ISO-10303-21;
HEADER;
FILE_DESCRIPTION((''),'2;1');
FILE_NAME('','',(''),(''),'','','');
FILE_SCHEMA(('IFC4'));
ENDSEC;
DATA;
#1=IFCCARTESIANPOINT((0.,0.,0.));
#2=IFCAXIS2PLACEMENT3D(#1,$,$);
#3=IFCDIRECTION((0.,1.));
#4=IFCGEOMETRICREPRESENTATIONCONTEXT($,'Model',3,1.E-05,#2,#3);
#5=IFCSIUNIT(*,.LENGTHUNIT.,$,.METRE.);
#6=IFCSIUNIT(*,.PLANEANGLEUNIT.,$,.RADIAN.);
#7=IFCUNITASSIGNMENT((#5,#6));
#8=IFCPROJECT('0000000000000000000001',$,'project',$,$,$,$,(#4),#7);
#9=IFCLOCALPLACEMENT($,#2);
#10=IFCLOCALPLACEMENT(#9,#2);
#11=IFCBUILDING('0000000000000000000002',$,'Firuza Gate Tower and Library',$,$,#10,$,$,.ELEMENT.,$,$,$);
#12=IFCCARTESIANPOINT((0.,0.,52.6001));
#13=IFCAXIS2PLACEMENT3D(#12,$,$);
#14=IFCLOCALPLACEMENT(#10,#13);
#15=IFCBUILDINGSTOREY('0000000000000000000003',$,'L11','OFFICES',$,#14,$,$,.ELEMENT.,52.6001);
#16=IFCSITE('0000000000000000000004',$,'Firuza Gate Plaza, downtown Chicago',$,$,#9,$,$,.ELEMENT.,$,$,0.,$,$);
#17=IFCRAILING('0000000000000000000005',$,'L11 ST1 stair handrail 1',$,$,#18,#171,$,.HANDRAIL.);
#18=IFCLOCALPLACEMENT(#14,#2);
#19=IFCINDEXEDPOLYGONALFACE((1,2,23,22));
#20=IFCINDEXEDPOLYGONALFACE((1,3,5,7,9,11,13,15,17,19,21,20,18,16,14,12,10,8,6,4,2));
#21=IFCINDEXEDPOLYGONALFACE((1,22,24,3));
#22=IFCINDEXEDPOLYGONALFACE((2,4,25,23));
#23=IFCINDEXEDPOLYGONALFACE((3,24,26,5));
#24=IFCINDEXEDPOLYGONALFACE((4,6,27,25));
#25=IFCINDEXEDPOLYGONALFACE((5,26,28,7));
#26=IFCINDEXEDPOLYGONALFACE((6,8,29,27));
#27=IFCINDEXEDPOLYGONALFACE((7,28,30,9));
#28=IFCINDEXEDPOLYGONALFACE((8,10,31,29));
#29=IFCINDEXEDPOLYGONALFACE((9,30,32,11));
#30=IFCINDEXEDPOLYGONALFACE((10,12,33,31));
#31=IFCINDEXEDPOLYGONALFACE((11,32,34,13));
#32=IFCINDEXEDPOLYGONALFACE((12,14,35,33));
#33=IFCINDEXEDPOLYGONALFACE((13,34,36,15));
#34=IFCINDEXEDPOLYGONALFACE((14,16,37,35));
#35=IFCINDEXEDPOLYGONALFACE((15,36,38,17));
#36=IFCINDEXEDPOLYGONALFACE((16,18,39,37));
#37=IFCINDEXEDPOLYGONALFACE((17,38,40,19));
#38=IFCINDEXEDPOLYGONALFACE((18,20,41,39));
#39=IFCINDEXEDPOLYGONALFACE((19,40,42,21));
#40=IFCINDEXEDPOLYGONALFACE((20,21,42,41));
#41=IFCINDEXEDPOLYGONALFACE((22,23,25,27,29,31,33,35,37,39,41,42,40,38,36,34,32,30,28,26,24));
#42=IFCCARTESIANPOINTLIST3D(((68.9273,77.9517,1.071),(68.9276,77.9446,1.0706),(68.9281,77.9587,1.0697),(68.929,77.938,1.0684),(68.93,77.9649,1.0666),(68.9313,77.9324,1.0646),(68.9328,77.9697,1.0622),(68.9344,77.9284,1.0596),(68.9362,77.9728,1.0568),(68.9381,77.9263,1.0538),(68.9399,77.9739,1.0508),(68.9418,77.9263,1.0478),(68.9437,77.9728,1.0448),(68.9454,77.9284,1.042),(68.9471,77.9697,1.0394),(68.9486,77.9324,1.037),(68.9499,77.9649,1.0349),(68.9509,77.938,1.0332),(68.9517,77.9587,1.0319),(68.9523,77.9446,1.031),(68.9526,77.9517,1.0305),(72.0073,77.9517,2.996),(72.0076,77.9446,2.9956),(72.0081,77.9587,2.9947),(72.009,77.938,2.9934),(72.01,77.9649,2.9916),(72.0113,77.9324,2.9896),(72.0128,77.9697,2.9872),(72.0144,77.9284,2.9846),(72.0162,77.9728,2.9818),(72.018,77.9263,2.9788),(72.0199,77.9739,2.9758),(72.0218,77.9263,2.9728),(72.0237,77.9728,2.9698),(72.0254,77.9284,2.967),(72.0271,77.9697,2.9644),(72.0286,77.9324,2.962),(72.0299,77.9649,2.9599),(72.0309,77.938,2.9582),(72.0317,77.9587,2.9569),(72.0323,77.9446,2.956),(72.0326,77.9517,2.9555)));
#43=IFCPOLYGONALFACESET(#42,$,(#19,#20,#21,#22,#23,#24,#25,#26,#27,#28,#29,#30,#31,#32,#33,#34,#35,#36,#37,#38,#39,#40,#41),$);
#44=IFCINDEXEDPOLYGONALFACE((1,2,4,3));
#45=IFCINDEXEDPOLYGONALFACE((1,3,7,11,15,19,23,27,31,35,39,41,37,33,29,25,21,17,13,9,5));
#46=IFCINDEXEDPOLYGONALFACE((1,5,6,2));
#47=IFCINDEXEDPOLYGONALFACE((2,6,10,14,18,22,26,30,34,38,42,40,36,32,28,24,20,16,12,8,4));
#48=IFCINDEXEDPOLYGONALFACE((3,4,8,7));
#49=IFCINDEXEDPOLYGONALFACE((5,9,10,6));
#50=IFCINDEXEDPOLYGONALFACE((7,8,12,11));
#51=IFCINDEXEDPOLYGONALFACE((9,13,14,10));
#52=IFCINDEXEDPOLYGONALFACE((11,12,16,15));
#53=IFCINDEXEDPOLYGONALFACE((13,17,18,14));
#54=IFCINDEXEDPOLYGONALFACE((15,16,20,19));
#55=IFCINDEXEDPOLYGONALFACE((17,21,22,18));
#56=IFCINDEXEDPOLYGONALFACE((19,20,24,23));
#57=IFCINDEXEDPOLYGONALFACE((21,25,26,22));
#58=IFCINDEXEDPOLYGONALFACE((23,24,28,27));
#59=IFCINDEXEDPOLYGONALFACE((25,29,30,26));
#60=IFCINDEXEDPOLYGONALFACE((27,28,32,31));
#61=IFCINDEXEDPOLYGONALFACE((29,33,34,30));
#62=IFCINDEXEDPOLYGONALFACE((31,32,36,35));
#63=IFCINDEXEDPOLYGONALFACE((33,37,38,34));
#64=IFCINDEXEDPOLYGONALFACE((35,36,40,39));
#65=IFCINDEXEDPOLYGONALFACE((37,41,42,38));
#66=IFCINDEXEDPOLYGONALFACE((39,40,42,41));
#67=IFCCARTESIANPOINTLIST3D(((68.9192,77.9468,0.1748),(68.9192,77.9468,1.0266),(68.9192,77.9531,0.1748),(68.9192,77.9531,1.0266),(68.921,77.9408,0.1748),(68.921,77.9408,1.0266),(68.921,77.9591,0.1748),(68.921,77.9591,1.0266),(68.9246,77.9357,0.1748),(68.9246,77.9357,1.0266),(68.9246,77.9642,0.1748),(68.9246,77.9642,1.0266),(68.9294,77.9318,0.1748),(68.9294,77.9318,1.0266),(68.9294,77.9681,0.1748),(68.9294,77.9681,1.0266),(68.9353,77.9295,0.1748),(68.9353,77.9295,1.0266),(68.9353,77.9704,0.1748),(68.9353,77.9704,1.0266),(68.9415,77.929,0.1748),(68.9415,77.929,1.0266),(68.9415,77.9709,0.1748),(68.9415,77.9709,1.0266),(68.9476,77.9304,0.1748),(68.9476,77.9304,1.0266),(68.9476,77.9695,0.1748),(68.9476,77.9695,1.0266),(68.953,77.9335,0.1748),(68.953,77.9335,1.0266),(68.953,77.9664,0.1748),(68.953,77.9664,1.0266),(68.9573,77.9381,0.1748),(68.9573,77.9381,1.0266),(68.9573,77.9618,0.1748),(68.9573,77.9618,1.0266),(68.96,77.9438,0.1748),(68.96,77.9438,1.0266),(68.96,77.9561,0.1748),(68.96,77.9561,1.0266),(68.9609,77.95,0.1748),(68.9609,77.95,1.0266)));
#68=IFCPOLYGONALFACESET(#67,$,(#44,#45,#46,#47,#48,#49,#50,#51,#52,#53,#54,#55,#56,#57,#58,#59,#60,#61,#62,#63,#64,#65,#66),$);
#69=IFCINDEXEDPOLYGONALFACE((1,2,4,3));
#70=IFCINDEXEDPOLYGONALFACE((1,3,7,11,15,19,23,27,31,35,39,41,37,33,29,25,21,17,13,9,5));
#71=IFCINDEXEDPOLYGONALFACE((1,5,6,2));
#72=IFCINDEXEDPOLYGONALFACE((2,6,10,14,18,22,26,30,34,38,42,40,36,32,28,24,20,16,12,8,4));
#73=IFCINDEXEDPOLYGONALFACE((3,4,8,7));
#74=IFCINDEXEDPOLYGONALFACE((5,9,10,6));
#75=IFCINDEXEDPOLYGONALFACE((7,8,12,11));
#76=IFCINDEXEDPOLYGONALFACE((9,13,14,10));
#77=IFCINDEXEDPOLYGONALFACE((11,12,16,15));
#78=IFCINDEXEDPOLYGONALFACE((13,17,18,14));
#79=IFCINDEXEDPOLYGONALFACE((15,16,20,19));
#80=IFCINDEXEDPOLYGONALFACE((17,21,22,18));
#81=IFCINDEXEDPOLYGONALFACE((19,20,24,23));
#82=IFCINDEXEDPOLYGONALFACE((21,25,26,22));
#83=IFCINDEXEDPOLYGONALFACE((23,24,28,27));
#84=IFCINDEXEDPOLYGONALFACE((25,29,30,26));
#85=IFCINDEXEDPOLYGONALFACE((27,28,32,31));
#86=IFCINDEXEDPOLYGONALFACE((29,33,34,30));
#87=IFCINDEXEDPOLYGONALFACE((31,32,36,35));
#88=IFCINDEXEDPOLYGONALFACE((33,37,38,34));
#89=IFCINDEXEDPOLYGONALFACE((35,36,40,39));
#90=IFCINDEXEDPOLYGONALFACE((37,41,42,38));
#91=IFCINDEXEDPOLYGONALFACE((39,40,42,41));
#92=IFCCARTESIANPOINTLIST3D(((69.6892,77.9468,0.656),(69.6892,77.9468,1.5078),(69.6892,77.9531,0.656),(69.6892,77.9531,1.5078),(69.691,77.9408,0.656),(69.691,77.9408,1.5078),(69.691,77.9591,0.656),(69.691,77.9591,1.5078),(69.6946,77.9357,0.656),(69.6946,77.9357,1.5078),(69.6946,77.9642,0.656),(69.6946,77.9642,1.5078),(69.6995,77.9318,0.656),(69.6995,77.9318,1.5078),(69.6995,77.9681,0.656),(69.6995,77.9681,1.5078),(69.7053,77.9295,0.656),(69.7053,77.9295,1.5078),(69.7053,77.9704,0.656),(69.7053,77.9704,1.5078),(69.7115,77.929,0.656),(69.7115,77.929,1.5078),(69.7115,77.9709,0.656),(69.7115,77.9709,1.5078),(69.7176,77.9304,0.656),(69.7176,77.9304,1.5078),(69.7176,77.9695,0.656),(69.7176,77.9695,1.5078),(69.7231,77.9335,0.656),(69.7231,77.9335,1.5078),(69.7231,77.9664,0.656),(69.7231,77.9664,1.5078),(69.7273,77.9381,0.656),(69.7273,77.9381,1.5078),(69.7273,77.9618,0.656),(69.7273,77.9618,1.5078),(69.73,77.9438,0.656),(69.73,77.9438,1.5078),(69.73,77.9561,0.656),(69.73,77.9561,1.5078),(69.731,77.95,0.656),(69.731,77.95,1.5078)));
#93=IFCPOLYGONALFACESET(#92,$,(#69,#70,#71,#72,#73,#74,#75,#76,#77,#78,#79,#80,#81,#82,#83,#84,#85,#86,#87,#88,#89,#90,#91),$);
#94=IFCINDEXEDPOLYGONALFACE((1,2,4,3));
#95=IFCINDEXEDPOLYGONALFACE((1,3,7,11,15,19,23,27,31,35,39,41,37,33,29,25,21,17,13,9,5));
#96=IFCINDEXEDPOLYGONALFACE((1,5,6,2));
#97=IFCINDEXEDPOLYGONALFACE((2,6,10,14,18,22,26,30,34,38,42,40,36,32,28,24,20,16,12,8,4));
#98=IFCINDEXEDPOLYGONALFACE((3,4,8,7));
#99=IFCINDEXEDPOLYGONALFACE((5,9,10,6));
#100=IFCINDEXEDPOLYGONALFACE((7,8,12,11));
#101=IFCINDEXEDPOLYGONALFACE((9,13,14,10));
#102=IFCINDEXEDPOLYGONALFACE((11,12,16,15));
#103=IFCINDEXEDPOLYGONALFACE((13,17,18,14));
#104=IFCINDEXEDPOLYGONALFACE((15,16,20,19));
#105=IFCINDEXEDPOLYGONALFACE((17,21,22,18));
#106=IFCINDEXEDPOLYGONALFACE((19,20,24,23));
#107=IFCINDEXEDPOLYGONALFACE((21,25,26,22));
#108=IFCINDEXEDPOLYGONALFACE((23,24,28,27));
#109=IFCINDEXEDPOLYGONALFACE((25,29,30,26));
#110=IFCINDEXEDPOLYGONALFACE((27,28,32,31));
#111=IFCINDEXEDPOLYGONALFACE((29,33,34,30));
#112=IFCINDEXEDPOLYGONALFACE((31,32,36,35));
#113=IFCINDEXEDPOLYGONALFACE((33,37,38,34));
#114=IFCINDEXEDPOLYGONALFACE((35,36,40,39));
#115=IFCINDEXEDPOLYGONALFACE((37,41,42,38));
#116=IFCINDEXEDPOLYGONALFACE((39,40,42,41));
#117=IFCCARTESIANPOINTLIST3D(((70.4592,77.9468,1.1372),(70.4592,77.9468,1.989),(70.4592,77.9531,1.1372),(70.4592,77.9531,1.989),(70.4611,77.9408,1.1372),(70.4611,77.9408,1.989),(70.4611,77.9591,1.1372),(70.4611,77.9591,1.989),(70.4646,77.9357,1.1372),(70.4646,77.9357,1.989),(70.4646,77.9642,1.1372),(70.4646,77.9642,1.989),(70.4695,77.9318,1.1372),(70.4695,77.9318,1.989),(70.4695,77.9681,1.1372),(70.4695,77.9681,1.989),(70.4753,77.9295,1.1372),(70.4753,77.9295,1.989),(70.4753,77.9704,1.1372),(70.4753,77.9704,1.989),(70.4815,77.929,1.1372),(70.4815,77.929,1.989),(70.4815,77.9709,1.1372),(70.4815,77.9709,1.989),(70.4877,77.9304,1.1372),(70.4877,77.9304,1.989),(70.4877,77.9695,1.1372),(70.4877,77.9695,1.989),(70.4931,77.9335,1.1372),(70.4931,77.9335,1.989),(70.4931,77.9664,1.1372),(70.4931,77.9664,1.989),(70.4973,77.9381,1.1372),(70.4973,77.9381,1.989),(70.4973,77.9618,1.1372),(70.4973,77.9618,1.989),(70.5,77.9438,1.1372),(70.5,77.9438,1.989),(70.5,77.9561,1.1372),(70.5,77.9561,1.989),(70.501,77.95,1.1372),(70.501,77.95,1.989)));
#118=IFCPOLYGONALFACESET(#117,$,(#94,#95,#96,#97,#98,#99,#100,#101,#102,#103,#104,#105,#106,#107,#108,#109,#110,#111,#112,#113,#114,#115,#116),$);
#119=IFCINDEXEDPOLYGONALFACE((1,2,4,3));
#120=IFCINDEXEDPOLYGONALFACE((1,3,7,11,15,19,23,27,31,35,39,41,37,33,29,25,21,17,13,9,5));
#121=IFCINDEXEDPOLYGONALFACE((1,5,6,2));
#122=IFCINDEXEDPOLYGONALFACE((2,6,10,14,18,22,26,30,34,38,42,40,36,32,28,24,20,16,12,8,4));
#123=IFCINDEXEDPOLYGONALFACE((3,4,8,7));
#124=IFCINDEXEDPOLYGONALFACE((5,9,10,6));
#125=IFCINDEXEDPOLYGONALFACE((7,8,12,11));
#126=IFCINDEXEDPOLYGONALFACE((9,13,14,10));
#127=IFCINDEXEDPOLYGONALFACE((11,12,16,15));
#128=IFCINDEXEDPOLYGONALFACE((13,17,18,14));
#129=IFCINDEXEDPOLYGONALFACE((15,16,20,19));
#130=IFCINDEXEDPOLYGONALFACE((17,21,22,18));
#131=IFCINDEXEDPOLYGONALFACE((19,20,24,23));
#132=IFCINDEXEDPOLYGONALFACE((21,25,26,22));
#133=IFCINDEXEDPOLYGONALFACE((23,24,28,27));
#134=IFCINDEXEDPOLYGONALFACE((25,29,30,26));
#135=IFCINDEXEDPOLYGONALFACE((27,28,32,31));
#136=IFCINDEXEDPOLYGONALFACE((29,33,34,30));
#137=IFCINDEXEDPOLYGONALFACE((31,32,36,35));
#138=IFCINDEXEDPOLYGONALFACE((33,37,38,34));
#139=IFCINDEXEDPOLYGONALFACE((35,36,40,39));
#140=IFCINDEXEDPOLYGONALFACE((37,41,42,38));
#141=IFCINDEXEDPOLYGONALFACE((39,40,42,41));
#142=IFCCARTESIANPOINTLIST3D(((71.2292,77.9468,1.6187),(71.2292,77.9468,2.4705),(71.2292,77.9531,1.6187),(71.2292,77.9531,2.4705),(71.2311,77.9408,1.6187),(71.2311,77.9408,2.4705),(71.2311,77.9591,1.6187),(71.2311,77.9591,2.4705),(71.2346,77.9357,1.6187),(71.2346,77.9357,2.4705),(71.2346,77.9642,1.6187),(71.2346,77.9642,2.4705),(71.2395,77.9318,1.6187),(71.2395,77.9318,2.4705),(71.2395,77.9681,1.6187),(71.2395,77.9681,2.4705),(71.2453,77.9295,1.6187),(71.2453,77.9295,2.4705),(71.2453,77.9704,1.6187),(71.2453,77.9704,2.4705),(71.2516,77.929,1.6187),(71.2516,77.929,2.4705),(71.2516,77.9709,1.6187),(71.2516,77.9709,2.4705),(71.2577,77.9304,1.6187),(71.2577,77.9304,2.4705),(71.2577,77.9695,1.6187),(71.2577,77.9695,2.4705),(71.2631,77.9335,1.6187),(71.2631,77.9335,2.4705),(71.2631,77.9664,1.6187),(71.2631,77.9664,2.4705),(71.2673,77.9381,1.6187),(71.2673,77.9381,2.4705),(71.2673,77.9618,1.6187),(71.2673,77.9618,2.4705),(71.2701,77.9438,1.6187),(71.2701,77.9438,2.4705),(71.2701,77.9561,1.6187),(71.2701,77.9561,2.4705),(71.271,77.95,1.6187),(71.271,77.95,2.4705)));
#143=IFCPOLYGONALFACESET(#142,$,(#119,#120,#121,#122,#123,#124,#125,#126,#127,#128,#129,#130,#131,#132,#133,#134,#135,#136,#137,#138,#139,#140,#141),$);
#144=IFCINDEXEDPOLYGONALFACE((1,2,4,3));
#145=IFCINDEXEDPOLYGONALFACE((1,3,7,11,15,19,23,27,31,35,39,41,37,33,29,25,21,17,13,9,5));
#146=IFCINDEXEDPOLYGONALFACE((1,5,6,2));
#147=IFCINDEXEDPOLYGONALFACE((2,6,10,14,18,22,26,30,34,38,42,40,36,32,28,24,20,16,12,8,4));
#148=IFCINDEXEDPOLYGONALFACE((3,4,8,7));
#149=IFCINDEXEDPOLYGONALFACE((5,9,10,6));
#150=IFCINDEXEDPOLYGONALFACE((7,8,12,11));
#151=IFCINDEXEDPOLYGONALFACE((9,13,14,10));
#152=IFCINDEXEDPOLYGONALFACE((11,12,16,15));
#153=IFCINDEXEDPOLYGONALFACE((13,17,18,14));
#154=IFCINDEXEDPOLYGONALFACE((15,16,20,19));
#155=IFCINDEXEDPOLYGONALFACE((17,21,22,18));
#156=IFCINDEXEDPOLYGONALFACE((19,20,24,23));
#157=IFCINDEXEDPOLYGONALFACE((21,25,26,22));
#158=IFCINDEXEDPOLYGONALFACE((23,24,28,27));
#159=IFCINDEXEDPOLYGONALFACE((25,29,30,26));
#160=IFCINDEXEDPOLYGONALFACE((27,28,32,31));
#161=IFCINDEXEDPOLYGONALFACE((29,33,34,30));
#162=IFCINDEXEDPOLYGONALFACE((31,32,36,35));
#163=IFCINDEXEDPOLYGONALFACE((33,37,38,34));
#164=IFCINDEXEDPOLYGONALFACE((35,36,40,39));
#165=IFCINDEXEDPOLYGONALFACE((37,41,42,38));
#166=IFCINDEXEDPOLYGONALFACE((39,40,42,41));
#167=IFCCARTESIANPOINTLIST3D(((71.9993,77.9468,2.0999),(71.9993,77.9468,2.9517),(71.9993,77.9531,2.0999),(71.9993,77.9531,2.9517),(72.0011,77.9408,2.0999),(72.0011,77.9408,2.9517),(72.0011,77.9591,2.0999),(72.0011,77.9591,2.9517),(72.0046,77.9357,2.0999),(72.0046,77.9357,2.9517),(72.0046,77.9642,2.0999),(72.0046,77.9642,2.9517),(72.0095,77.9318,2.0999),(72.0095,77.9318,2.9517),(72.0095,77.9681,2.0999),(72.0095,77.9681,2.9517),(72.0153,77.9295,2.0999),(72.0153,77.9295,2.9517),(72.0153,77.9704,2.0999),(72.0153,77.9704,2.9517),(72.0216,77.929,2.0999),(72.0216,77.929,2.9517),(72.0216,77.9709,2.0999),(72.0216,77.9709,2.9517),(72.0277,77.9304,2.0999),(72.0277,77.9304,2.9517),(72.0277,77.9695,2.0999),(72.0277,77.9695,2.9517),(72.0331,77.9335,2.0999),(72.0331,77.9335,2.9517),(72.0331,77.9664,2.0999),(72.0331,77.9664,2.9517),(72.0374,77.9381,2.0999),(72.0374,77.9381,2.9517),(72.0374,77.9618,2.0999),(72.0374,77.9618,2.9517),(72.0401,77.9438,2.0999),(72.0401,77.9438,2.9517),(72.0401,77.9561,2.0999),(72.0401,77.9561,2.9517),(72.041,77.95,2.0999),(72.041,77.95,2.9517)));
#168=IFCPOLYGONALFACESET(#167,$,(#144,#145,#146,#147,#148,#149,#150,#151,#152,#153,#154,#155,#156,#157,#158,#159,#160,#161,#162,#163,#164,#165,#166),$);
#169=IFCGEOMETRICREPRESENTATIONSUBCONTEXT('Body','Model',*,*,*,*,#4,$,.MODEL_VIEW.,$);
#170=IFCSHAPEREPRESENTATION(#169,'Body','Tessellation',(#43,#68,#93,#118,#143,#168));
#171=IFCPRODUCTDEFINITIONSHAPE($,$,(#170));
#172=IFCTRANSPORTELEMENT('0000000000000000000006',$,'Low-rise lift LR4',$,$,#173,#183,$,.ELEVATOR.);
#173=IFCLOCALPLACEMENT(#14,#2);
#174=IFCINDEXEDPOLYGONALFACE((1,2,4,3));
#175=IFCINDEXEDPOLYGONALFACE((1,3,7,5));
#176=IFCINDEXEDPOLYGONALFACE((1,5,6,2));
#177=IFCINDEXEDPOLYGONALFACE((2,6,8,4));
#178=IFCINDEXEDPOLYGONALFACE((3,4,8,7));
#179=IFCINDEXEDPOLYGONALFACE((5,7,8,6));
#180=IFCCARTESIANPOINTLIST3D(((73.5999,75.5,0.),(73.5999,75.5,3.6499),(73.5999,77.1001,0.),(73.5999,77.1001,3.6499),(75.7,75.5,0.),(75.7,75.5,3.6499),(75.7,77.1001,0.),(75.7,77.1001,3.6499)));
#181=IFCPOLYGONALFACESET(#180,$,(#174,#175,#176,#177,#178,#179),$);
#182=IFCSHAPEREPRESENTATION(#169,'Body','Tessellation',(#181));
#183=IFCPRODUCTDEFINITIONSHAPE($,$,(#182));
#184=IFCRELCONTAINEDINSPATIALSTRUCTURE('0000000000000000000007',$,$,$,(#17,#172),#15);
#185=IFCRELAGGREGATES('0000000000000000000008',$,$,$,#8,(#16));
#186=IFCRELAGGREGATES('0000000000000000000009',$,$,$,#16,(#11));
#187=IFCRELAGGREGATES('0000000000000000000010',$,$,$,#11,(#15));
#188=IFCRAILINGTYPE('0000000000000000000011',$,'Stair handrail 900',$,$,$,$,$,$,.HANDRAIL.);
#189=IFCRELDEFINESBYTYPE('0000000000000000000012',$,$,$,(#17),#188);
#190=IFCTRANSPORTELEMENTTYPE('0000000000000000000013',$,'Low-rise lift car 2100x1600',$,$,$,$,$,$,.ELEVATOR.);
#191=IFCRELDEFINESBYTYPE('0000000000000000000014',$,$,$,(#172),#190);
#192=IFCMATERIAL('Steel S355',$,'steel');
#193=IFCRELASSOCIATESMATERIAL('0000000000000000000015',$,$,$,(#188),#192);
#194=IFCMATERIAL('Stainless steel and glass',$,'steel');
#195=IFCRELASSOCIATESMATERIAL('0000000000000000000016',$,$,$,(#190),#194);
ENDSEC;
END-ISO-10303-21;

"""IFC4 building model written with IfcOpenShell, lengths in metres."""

from ifc_helpers import new_model, si_unit, direction, frame, origin, origin_2d, place, context, subcontext, project, spatial, rectangle, circle, extrude, material, type_object, element, save


model = new_model("IFC4")

# Units and contexts
model_context = context("Model", 3, precision=1e-05, world=origin(), true_north=direction((0.0, 1.0)))
body_context = subcontext(model_context, "Body", "Model", "MODEL_VIEW")
ifc_project = project(units=[si_unit("LENGTHUNIT", "METRE"), si_unit("PLANEANGLEUNIT", "RADIAN")], contexts=[model_context])

# Site, building, storey
site_placement = place(None, origin())
site = spatial("IfcSite", under=ifc_project, at=site_placement, Name="Firuza Gate Plaza, downtown Chicago", CompositionType="ELEMENT", RefElevation=0.0)
building_placement = place(site_placement, origin())
building = spatial("IfcBuilding", under=site, at=building_placement, Name="Firuza Gate Tower and Library", CompositionType="ELEMENT")
storey_placement = place(building_placement, frame((0.0, 0.0, 52.6001)))
storey = spatial("IfcBuildingStorey", under=building, at=storey_placement, Name="L11", Description="OFFICES", CompositionType="ELEMENT", Elevation=52.6001)

# Railing
ifc_material_1 = material(Name="Steel S355", Category="steel")
railing_type_1 = type_object("IfcRailingType", Name="Stair handrail 900", PredefinedType="HANDRAIL", material=ifc_material_1)
railing_1_placement = place(storey_placement, frame((68.9399, 77.95, 0.1748)))
element("IfcRailing", 1, at=railing_1_placement, inside=storey, type_object=railing_type_1, Name="L11 ST1 stair handrail 1", PredefinedType="HANDRAIL", context=body_context, shape_type="SweptSolid", body=[
    extrude(circle(Radius=0.0239, at=origin_2d()), frame((0.0, 0.0, 0.876), z_axis=(0.847998, 0.0, 0.529999), x_axis=(0.0, 1.0, 0.0)), (0.0, 0.0, 1.0), 3.6321),
    extrude(circle(Radius=0.021, at=origin_2d()), origin(), (0.0, 0.0, 1.0), 0.8518),
    extrude(circle(Radius=0.021, at=origin_2d()), frame((0.77, 0.0, 0.4812)), (0.0, 0.0, 1.0), 0.8518),
    extrude(circle(Radius=0.021, at=origin_2d()), frame((1.54, 0.0, 0.9624)), (0.0, 0.0, 1.0), 0.8518),
    extrude(circle(Radius=0.021, at=origin_2d()), frame((2.3101, 0.0, 1.4438)), (0.0, 0.0, 1.0), 0.8518),
    extrude(circle(Radius=0.021, at=origin_2d()), frame((3.0801, 0.0, 1.925)), (0.0, 0.0, 1.0), 0.8518),
])

# Transport element
ifc_material_2 = material(Name="Stainless steel and glass", Category="steel")
transport_element_type = type_object("IfcTransportElementType", Name="Low-rise lift car 2100x1600", PredefinedType="ELEVATOR", material=ifc_material_2)
transport_element_placement = place(storey_placement, frame((74.6499, 76.3, 0.0), z_axis=(0.0, 0.0, 1.0), x_axis=(1.0, 0.0, 0.0)))
element("IfcTransportElement", 2, at=transport_element_placement, inside=storey, type_object=transport_element_type, Name="Low-rise lift LR4", PredefinedType="ELEVATOR", context=body_context, shape_type="SweptSolid", body=[
    extrude(rectangle(XDim=2.1001, YDim=1.6001, at=origin_2d()), origin(), (0.0, 0.0, 1.0), 3.6499),
])

save(model, "model.ifc")
